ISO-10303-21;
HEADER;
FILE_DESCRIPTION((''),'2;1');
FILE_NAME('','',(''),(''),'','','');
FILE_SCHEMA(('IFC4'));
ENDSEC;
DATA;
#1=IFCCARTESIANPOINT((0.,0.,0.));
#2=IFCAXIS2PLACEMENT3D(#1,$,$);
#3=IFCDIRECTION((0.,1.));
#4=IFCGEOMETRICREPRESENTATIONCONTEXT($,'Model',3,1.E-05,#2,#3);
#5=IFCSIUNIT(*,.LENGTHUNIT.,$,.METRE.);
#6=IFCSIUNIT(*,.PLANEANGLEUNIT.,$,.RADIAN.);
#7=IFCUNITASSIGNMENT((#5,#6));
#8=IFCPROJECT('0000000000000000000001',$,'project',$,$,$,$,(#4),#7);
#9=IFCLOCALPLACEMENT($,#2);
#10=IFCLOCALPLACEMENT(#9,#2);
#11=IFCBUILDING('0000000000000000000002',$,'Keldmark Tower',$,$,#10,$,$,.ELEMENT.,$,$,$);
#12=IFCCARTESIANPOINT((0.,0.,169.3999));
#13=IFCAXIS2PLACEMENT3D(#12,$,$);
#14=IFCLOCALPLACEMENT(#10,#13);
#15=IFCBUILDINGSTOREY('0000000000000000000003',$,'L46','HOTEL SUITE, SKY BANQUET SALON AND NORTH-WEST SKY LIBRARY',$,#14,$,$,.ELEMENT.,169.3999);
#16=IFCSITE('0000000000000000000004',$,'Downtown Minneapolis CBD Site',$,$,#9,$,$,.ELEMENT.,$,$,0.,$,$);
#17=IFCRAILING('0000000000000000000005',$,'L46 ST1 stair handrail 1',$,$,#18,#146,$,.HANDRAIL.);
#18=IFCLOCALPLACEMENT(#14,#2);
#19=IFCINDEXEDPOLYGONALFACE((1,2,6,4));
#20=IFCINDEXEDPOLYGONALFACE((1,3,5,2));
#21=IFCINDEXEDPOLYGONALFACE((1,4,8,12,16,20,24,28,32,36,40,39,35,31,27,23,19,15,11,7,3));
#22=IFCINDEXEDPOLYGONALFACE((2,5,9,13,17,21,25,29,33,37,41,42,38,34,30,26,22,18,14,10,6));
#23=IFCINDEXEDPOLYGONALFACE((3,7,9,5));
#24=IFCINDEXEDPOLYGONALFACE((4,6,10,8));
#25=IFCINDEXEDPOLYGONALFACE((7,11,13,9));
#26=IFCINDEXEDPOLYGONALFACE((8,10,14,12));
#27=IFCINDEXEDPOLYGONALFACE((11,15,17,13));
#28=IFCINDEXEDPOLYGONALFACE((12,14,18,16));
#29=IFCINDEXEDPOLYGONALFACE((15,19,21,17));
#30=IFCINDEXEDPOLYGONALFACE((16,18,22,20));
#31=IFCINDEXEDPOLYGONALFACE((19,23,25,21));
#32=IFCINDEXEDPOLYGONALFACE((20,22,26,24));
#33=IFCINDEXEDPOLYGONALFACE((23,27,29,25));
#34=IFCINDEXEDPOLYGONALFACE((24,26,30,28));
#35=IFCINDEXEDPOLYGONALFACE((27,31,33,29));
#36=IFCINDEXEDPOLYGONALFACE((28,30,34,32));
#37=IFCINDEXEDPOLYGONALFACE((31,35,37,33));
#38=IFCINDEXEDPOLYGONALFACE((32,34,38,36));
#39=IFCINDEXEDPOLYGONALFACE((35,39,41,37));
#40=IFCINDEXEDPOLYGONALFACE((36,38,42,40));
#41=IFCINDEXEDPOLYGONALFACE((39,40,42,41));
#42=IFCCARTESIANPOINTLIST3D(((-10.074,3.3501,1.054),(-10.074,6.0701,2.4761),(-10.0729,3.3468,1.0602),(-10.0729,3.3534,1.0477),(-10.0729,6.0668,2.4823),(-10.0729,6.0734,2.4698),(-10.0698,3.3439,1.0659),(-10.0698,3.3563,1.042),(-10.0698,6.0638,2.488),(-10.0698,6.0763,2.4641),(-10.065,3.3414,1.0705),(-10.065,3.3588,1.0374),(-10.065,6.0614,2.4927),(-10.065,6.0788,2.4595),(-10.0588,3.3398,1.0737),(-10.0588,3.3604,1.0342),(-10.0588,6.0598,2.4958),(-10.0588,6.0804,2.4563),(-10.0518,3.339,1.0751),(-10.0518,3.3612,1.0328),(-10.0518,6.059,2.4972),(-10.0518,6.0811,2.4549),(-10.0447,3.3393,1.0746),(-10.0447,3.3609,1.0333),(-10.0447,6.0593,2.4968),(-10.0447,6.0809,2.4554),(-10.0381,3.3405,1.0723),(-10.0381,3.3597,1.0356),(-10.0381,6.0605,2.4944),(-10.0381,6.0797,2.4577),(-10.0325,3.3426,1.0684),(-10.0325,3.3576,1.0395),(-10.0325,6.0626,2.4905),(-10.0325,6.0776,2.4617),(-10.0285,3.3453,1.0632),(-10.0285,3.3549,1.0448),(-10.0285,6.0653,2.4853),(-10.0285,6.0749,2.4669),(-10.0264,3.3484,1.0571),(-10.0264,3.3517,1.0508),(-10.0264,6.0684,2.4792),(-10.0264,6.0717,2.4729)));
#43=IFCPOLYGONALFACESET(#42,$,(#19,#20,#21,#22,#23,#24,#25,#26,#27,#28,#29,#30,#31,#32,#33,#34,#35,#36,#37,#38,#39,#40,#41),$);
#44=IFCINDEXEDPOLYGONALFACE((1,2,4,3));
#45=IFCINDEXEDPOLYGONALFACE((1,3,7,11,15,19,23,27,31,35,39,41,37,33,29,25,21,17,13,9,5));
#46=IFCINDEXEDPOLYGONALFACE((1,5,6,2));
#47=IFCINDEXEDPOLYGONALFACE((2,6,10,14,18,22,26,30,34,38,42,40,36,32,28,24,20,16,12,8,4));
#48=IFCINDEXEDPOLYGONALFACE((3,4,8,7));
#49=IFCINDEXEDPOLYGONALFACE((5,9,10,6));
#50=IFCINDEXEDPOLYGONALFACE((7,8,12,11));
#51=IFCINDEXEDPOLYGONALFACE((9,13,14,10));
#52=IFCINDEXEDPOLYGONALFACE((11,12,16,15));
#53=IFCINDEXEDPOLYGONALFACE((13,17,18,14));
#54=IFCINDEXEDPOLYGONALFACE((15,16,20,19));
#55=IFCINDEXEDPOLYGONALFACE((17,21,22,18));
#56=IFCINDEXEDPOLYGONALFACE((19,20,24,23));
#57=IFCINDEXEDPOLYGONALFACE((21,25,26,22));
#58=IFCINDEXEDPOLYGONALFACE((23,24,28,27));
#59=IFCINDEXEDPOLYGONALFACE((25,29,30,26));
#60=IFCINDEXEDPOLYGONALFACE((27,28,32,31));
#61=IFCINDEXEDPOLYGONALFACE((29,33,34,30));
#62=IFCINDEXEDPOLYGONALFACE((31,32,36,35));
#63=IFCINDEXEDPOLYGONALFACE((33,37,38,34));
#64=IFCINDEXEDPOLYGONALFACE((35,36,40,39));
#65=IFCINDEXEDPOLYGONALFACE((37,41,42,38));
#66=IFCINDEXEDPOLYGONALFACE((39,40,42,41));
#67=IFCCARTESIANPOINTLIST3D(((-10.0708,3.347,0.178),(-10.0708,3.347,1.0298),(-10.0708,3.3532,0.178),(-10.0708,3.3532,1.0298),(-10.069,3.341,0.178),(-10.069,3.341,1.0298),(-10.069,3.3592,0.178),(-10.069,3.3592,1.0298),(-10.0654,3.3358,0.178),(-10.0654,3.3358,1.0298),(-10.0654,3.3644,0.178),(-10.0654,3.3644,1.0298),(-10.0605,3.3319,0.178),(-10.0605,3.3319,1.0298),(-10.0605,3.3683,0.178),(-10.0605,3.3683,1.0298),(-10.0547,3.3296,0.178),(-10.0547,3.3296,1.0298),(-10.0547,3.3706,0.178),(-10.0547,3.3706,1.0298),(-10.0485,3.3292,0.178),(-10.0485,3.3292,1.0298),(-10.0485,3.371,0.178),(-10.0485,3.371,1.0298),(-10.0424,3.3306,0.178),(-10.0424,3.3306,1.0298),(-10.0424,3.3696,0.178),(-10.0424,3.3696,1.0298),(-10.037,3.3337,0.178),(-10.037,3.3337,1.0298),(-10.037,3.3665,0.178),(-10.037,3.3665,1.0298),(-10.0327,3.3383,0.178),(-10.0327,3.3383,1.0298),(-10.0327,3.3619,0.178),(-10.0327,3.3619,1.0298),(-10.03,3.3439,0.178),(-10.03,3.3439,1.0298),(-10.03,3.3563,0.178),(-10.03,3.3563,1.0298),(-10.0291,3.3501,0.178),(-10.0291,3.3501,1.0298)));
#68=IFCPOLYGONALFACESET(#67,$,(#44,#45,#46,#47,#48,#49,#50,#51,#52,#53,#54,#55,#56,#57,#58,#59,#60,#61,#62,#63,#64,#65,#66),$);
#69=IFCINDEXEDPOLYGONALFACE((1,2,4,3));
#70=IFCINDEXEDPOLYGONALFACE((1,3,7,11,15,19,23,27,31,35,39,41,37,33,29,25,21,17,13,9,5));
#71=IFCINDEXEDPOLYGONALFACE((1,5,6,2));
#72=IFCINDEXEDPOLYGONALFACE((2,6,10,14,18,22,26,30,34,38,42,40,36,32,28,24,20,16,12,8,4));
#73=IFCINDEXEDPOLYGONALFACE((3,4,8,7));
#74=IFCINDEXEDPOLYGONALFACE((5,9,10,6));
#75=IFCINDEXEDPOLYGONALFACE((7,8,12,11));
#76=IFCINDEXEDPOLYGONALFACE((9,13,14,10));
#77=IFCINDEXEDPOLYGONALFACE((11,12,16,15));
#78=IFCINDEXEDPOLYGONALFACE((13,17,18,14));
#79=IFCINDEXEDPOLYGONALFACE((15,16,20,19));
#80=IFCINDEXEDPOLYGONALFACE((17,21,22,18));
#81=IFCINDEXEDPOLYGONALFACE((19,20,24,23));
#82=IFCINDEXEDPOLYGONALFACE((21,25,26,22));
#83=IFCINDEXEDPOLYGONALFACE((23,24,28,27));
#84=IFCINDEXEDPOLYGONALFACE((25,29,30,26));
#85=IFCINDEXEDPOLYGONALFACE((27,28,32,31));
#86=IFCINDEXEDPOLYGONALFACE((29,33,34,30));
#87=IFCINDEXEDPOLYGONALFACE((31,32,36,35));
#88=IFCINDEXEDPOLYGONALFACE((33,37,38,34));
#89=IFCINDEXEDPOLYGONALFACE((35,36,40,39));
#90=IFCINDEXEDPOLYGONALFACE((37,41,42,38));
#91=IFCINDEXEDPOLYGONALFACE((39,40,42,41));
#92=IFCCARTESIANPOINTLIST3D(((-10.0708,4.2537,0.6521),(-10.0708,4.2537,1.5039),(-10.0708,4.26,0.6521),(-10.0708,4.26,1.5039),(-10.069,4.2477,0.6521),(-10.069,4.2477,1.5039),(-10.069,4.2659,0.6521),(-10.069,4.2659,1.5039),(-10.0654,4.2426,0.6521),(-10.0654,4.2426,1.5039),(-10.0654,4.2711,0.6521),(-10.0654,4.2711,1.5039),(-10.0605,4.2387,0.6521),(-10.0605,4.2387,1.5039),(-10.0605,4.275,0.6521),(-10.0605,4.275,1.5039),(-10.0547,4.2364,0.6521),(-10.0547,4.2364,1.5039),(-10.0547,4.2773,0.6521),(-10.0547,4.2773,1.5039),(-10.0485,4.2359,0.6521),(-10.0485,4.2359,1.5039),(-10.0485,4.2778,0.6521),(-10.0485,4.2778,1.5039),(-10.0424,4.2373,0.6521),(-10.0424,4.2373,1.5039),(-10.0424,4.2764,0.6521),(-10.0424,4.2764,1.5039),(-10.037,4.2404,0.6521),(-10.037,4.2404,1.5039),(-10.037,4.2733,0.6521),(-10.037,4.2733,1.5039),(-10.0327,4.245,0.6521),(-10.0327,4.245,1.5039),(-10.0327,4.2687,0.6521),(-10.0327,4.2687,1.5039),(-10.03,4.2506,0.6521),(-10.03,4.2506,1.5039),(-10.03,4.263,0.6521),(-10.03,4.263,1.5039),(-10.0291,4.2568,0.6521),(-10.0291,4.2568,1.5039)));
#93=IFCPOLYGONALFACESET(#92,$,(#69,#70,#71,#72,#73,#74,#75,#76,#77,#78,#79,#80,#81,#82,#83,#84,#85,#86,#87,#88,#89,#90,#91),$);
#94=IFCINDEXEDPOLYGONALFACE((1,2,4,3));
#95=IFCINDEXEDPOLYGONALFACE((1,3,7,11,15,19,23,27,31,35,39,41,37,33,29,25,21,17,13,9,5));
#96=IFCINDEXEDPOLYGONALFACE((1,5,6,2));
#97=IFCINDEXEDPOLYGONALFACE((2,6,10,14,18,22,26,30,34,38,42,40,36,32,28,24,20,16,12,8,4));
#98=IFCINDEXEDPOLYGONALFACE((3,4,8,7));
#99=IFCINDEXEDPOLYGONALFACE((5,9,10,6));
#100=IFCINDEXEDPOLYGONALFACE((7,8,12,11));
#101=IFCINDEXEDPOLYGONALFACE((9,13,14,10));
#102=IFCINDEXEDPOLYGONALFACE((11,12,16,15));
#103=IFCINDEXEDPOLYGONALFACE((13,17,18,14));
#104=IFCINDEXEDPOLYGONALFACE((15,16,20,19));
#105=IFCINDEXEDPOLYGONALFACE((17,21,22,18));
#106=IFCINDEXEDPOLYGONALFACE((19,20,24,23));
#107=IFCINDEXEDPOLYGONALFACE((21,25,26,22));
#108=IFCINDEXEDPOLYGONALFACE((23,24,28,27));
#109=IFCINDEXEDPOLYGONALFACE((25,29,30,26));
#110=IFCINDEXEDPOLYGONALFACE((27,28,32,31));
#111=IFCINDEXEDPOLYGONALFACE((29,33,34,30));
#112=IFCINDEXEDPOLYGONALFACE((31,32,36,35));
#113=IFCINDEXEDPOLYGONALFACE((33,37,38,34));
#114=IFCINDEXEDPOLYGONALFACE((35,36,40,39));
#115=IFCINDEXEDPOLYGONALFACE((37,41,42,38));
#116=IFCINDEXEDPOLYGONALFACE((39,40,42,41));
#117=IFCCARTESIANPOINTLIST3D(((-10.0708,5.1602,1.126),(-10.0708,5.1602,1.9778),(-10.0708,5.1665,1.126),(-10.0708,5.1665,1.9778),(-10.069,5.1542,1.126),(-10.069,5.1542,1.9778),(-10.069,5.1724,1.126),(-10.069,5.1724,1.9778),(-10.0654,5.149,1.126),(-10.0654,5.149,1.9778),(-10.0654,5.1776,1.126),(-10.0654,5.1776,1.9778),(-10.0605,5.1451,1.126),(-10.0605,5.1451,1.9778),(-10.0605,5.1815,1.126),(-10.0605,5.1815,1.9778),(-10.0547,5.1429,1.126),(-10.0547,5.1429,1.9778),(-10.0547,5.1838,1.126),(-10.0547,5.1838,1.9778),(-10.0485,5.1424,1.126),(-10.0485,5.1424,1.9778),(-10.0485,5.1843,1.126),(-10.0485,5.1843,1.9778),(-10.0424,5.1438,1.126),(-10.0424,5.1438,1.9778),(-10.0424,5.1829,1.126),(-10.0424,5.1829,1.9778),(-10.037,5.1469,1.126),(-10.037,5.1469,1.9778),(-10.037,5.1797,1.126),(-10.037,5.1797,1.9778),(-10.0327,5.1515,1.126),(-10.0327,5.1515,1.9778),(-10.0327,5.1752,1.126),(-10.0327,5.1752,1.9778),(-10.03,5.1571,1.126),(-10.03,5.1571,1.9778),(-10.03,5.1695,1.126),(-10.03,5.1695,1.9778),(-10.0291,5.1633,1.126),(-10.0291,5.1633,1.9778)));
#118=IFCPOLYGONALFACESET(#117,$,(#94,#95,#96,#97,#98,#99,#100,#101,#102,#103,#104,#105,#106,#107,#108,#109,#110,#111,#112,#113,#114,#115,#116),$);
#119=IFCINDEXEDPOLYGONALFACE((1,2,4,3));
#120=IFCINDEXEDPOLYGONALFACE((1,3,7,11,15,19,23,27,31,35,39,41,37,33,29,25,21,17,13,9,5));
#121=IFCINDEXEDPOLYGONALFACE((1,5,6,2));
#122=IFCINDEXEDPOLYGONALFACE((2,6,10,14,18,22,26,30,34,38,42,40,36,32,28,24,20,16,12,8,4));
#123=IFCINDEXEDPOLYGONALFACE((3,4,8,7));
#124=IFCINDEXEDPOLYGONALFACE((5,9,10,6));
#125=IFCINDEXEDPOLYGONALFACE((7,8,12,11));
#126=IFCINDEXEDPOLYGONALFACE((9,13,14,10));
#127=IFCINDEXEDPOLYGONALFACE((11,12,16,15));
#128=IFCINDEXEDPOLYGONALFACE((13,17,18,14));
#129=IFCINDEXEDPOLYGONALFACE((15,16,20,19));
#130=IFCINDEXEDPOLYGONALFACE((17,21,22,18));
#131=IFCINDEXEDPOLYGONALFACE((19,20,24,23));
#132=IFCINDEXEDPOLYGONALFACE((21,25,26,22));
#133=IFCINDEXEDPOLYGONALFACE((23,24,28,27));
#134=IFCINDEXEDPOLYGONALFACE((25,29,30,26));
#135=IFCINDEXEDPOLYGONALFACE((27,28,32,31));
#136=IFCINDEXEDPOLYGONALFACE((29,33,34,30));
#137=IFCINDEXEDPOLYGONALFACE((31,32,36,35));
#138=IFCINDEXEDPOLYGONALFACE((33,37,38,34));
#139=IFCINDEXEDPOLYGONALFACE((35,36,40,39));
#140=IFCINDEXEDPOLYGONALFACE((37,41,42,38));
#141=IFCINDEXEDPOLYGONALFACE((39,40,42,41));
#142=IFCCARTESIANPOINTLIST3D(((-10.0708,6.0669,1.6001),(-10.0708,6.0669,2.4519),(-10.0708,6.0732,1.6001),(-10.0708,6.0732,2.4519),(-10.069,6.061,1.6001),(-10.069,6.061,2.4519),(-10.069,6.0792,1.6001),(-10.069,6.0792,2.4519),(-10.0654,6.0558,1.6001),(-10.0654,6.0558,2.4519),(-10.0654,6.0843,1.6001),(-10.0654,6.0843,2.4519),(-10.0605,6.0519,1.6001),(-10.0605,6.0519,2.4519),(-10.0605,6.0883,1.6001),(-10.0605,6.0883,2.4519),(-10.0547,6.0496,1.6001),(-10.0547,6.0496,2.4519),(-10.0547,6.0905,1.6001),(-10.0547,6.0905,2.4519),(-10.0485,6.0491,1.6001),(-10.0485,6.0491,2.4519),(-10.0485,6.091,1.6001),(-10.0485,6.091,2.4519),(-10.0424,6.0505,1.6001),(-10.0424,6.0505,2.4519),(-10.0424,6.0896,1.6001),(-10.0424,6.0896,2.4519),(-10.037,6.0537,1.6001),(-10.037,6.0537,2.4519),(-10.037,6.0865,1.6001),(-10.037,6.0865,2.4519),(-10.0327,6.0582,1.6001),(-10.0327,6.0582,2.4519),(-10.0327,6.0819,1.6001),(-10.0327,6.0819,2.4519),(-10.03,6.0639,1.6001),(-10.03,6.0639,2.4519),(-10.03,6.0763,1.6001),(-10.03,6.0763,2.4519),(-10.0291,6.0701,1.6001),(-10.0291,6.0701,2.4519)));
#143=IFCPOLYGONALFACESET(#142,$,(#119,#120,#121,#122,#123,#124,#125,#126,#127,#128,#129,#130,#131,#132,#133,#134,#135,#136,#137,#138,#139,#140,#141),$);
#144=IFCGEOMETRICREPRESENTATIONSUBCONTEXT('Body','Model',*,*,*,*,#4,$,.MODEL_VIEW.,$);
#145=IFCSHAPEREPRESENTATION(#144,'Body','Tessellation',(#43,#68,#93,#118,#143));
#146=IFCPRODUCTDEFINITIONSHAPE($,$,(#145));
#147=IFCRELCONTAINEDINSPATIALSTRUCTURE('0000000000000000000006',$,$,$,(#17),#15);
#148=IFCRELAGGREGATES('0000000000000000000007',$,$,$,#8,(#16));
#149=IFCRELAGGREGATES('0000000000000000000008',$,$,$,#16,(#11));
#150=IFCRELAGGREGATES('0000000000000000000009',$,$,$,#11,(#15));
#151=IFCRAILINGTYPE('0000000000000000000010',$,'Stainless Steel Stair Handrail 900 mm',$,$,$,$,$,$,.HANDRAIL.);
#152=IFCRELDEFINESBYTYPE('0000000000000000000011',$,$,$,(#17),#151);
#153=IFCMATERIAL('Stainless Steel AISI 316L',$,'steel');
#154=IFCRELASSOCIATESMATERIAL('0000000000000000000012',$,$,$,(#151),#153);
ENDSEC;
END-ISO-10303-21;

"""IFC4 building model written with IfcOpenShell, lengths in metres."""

from ifc_helpers import new_model, si_unit, direction, frame, origin, origin_2d, place, context, subcontext, project, spatial, circle, extrude, material, type_object, element, save


model = new_model("IFC4")

# Units and contexts
model_context = context("Model", 3, precision=1e-05, world=origin(), true_north=direction((0.0, 1.0)))
body_context = subcontext(model_context, "Body", "Model", "MODEL_VIEW")
ifc_project = project(units=[si_unit("LENGTHUNIT", "METRE"), si_unit("PLANEANGLEUNIT", "RADIAN")], contexts=[model_context])

# Site, building, storey
site_placement = place(None, origin())
site = spatial("IfcSite", under=ifc_project, at=site_placement, Name="Downtown Minneapolis CBD Site", CompositionType="ELEMENT", RefElevation=0.0)
building_placement = place(site_placement, origin())
building = spatial("IfcBuilding", under=site, at=building_placement, Name="Keldmark Tower", CompositionType="ELEMENT")
storey_placement = place(building_placement, frame((0.0, 0.0, 169.3999)))
storey = spatial("IfcBuildingStorey", under=building, at=storey_placement, Name="L46", Description="HOTEL SUITE, SKY BANQUET SALON AND NORTH-WEST SKY LIBRARY", CompositionType="ELEMENT", Elevation=169.3999)

# Railing
ifc_material_1 = material(Name="Stainless Steel AISI 316L", Category="steel")
railing_type_1 = type_object("IfcRailingType", Name="Stainless Steel Stair Handrail 900 mm", PredefinedType="HANDRAIL", material=ifc_material_1)
railing_1_placement = place(storey_placement, frame((-10.05, 3.3501, 0.178)))
element("IfcRailing", 1, at=railing_1_placement, inside=storey, type_object=railing_type_1, Name="L46 ST1 stair handrail 1", PredefinedType="HANDRAIL", context=body_context, shape_type="SweptSolid", body=[
    extrude(circle(Radius=0.0239, at=origin_2d()), frame((0.0, 0.0, 0.876), z_axis=(0.0, 0.886183, 0.463335), x_axis=(-1.0, 0.0, 0.0)), (0.0, 0.0, 1.0), 3.0693),
    extrude(circle(Radius=0.021, at=origin_2d()), origin(), (0.0, 0.0, 1.0), 0.8518),
    extrude(circle(Radius=0.021, at=origin_2d()), frame((0.0, 0.9067, 0.4741)), (0.0, 0.0, 1.0), 0.8518),
    extrude(circle(Radius=0.021, at=origin_2d()), frame((0.0, 1.8132, 0.948)), (0.0, 0.0, 1.0), 0.8518),
    extrude(circle(Radius=0.021, at=origin_2d()), frame((0.0, 2.72, 1.4221)), (0.0, 0.0, 1.0), 0.8518),
])

save(model, "model.ifc")
